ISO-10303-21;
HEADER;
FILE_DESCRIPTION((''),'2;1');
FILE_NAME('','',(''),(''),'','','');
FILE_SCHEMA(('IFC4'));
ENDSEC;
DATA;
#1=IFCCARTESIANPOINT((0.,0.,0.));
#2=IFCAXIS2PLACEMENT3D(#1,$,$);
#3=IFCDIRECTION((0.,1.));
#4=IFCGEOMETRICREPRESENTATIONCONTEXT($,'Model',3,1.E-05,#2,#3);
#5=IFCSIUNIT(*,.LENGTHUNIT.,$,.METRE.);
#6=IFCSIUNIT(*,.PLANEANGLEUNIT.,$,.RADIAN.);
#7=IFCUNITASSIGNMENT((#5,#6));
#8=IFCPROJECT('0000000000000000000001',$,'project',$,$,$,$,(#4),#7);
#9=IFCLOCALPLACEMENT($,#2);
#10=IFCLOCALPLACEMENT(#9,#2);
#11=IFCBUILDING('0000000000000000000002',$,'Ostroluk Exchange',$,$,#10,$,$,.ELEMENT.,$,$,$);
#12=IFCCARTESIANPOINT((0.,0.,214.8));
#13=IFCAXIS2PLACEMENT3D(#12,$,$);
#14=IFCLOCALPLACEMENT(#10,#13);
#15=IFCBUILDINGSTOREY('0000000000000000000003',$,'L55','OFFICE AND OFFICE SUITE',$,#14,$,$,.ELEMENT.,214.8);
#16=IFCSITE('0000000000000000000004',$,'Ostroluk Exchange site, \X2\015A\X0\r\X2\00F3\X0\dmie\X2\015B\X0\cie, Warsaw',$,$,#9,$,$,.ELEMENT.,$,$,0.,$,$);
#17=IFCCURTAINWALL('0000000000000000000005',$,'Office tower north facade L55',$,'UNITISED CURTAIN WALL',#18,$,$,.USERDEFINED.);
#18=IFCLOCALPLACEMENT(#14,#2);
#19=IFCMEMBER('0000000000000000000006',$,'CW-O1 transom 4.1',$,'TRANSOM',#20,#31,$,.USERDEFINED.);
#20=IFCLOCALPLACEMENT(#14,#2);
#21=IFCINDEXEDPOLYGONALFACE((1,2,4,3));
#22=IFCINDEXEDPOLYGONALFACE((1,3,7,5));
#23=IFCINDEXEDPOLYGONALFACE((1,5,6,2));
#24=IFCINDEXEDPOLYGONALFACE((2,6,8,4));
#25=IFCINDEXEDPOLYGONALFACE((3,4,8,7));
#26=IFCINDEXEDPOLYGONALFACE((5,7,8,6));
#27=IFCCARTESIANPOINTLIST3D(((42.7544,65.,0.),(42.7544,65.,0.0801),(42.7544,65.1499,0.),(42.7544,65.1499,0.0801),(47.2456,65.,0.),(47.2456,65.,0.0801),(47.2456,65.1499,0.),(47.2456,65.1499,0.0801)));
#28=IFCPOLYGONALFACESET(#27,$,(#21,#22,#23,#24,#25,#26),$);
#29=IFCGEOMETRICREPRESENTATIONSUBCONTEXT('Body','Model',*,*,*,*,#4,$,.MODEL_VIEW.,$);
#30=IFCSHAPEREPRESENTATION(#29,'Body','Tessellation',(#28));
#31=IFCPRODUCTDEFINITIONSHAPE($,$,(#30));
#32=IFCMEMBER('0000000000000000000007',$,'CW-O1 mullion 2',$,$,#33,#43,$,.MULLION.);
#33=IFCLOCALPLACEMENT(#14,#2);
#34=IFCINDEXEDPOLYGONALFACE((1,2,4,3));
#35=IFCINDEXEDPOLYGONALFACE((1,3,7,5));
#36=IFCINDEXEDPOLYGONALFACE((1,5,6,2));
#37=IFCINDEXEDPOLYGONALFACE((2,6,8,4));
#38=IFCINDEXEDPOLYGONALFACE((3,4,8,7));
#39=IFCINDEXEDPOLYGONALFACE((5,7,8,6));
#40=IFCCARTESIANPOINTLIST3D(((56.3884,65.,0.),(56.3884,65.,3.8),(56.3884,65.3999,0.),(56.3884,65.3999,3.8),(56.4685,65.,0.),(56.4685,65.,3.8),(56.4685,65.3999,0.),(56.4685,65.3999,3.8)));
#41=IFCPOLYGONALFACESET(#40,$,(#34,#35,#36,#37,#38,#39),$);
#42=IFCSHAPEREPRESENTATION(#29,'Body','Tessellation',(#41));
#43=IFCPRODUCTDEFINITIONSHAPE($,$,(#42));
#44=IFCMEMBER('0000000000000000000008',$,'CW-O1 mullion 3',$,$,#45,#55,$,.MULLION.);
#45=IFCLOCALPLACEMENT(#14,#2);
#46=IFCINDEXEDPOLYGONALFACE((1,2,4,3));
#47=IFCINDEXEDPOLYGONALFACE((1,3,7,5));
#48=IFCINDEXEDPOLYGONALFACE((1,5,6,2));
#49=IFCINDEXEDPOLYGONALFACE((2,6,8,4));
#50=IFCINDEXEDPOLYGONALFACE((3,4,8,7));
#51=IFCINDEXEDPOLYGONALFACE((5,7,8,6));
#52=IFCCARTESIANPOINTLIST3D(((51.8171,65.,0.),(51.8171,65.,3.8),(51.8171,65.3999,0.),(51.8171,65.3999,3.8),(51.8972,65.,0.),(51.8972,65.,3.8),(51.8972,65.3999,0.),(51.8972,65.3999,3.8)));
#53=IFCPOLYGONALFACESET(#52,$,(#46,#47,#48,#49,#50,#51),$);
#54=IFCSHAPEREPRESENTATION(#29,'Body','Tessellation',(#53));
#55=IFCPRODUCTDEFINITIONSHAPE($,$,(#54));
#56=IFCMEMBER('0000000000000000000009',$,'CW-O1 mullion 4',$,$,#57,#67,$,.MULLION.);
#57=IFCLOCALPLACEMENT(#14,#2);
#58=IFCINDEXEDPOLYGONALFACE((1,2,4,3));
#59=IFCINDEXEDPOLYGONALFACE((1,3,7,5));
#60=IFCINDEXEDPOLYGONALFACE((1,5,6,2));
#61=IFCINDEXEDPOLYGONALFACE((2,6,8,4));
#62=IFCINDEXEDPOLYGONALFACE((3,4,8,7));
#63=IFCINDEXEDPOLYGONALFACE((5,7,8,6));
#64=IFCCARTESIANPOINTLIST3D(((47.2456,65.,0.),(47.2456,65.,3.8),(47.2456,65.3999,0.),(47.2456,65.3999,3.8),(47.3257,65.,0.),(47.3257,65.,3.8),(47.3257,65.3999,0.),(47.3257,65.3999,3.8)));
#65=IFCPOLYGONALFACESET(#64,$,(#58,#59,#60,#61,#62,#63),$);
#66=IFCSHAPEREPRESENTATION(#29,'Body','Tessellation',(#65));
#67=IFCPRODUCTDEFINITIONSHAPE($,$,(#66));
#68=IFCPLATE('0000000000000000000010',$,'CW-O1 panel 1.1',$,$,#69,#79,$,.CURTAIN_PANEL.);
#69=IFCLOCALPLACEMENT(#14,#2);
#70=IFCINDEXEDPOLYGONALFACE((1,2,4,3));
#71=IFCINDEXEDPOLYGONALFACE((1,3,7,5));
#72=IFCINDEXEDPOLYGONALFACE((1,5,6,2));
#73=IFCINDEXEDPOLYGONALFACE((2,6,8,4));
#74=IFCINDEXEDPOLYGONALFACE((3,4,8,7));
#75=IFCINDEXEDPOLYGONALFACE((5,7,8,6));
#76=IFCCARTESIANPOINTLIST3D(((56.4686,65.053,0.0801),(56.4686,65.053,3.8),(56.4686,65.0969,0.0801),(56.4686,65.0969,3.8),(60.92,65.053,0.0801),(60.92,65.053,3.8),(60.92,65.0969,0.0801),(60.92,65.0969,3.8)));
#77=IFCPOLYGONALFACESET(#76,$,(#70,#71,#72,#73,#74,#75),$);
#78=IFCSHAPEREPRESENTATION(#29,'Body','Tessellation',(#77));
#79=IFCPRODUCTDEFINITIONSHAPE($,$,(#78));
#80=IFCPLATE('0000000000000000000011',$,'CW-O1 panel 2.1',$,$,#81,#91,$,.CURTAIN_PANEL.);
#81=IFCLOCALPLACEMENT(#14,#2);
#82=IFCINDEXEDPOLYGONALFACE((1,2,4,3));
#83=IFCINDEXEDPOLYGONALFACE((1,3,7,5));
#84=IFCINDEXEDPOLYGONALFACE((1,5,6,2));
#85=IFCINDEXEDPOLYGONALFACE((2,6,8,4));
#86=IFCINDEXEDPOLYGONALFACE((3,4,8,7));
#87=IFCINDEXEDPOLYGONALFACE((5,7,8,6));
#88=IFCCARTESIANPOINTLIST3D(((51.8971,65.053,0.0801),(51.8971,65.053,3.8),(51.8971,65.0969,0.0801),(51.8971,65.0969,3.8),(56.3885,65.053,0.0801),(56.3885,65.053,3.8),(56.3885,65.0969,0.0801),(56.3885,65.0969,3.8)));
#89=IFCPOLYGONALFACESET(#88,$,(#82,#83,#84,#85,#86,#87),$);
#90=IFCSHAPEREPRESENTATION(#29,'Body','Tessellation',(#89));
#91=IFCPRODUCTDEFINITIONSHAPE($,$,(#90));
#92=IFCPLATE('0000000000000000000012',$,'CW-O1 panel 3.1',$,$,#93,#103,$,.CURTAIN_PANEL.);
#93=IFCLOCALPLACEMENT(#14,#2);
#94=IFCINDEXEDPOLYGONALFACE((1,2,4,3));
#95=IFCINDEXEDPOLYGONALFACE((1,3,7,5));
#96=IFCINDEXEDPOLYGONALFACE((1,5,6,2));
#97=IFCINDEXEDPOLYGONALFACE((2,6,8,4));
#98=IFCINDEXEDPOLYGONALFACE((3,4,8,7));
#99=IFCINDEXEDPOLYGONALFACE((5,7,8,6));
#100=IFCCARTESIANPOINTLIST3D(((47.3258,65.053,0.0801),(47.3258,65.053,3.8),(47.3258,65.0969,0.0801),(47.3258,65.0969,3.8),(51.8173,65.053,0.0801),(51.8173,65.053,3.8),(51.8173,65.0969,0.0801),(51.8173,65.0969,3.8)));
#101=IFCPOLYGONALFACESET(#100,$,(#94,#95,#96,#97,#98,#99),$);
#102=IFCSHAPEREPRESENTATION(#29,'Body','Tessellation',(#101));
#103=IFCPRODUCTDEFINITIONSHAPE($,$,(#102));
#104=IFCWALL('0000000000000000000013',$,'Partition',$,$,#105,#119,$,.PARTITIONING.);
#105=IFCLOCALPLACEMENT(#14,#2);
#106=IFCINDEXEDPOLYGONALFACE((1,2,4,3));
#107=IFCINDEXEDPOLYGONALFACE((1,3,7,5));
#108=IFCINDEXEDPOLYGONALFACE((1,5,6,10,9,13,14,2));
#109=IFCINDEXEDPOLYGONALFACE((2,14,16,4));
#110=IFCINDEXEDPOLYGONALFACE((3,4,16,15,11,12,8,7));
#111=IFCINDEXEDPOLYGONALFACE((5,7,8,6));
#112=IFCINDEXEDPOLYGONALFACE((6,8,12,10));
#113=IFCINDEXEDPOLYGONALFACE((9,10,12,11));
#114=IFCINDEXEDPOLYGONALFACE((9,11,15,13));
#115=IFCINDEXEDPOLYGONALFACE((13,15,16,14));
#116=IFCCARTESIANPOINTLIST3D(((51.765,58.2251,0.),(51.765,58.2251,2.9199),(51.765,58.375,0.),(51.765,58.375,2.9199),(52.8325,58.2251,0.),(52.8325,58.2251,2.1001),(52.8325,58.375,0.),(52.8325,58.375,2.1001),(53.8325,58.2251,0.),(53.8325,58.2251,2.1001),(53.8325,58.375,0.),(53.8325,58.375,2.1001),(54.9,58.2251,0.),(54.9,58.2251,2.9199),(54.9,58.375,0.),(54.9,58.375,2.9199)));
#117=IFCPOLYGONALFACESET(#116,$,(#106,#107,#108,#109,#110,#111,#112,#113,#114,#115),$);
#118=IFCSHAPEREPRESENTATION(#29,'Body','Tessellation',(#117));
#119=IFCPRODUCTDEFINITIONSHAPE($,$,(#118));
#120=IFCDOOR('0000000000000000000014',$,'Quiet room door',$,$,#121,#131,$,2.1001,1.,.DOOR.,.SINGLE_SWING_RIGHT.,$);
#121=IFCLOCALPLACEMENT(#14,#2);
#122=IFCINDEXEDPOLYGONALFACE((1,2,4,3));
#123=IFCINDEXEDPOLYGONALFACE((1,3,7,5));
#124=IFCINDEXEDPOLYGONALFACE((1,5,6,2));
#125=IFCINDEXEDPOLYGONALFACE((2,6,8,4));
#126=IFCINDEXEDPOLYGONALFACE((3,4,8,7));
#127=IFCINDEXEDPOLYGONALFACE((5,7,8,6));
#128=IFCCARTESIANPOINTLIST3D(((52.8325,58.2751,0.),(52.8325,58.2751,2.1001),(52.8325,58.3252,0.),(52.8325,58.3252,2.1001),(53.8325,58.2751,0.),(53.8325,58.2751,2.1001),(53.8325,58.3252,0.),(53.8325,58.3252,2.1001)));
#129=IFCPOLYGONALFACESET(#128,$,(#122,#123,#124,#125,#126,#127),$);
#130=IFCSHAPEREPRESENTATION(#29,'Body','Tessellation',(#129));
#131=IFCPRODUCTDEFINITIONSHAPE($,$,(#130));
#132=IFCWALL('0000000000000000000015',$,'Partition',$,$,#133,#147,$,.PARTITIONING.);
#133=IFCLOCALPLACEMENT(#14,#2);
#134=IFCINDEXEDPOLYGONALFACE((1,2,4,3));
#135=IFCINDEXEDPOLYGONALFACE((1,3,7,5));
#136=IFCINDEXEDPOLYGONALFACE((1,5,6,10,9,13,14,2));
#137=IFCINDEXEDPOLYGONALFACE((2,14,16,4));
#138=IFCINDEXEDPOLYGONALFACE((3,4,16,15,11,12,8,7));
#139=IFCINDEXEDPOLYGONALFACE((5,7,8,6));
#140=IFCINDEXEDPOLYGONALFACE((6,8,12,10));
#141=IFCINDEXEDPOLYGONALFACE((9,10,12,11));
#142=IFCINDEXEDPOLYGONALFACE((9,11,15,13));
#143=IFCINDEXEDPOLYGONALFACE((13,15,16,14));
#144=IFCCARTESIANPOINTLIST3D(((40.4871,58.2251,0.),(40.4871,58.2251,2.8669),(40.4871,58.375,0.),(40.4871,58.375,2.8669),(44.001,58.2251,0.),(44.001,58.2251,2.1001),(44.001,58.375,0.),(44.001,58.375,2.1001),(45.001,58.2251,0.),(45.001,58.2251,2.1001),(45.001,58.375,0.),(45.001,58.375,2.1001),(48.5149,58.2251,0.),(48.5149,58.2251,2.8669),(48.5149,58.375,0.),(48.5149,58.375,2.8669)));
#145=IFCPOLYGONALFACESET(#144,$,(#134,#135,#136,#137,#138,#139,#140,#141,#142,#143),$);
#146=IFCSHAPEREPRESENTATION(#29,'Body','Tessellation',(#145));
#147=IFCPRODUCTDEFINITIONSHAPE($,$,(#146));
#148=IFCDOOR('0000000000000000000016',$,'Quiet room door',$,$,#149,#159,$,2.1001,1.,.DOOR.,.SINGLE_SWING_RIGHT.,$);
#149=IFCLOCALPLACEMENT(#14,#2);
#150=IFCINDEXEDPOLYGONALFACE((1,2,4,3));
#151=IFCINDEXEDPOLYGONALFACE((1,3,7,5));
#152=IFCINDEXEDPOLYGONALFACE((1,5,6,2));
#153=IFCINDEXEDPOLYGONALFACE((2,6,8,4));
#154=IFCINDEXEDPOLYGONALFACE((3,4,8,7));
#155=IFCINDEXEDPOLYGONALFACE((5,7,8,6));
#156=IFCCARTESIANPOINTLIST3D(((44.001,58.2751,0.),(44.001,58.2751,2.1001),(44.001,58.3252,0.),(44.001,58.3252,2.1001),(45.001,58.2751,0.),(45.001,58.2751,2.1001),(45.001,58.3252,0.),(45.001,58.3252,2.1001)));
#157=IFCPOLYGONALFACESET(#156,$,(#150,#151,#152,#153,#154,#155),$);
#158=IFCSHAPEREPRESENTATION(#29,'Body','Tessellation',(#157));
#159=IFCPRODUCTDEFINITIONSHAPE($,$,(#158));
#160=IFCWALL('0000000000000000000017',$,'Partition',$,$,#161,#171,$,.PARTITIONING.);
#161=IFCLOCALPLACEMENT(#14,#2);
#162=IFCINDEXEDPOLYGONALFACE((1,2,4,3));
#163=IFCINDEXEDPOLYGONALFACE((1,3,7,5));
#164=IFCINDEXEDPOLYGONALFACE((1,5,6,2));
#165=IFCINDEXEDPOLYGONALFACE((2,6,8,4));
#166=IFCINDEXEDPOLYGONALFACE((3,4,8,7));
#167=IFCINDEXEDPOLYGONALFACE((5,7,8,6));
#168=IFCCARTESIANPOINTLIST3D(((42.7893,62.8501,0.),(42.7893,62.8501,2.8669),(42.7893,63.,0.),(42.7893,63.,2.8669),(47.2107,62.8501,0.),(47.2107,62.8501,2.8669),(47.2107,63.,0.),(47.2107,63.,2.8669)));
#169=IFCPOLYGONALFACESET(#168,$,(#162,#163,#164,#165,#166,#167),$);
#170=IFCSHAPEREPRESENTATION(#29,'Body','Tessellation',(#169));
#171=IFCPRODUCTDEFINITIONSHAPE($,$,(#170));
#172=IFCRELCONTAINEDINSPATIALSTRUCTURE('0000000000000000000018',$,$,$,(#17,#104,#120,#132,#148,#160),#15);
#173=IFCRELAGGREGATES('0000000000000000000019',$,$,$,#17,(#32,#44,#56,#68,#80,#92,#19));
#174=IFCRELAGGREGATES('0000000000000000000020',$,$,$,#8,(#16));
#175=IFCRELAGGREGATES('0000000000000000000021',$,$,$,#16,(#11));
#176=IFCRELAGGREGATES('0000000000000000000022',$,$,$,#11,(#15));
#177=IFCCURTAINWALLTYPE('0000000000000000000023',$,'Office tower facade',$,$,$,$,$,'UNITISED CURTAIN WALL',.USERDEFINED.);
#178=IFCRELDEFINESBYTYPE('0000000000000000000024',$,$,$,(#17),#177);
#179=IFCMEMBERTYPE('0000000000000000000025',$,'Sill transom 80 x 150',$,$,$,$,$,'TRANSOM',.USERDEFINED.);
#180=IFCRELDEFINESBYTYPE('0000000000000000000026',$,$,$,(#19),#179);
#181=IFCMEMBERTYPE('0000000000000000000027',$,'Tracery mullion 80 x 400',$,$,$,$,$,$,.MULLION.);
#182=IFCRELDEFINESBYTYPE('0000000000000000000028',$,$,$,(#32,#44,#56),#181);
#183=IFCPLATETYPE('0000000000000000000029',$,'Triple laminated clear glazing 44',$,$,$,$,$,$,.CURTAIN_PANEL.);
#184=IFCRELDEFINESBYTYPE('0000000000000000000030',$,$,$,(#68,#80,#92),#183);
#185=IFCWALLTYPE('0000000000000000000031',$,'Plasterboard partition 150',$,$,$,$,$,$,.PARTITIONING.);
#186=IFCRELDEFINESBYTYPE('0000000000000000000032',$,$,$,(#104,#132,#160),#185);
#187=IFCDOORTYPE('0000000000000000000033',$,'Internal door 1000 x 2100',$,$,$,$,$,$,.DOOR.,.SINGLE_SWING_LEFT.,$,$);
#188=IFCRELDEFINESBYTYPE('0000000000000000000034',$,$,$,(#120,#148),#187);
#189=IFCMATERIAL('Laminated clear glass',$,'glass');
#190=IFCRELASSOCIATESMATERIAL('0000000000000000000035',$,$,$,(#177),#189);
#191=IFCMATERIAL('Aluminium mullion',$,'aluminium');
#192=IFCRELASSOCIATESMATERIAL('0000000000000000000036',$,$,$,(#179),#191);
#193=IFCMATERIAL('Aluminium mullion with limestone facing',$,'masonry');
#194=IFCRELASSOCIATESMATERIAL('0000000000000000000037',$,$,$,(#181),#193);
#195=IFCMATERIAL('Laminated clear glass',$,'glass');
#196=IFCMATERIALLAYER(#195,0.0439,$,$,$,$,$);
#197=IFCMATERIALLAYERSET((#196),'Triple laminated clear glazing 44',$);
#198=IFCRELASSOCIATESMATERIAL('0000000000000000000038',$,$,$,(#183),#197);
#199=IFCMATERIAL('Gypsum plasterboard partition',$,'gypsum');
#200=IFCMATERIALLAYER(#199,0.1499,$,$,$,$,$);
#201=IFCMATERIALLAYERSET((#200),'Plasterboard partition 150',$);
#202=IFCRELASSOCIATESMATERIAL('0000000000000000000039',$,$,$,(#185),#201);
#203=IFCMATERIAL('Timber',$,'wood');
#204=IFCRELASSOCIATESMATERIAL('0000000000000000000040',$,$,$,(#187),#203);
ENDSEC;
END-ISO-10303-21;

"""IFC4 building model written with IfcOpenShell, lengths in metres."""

from ifc_helpers import new_model, si_unit, direction, frame, frame_2d, origin, origin_2d, place, context, subcontext, project, spatial, rectangle, extrude, material, layer, layer_set, material_profile, profile_set, type_object, element, fill, aggregate, save


model = new_model("IFC4")

# Units and contexts
model_context = context("Model", 3, precision=1e-05, world=origin(), true_north=direction((0.0, 1.0)))
body_context = subcontext(model_context, "Body", "Model", "MODEL_VIEW")
ifc_project = project(units=[si_unit("LENGTHUNIT", "METRE"), si_unit("PLANEANGLEUNIT", "RADIAN")], contexts=[model_context])

# Site, building, storey
site_placement = place(None, origin())
site = spatial("IfcSite", under=ifc_project, at=site_placement, Name="Ostroluk Exchange site, Śródmieście, Warsaw", CompositionType="ELEMENT", RefElevation=0.0)
building_placement = place(site_placement, origin())
building = spatial("IfcBuilding", under=site, at=building_placement, Name="Ostroluk Exchange", CompositionType="ELEMENT")
storey_placement = place(building_placement, frame((0.0, 0.0, 214.8)))
storey = spatial("IfcBuildingStorey", under=building, at=storey_placement, Name="L55", Description="OFFICE AND OFFICE SUITE", CompositionType="ELEMENT", Elevation=214.8)

# Curtain wall, members, plates
ifc_material_1 = material(Name="Laminated clear glass", Category="glass")
curtain_wall_type = type_object("IfcCurtainWallType", Name="Office tower facade", ElementType="UNITISED CURTAIN WALL", PredefinedType="USERDEFINED", material=ifc_material_1)
curtain_wall_placement = place(storey_placement, origin())
curtain_wall = element("IfcCurtainWall", 1, at=curtain_wall_placement, inside=storey, type_object=curtain_wall_type, Name="Office tower north facade L55", ObjectType="UNITISED CURTAIN WALL", PredefinedType="USERDEFINED")
ifc_material_2 = material(Name="Aluminium mullion", Category="aluminium")
ifc_material_profile_1 = material_profile(ifc_material_2, rectangle(XDim=0.1499, YDim=0.0801, at=origin_2d()), Name="Sill transom 80 x 150")
ifc_profile_set_1 = profile_set([ifc_material_profile_1], Name="Aluminium mullion")
member_type_1 = type_object("IfcMemberType", Name="Sill transom 80 x 150", ElementType="TRANSOM", PredefinedType="USERDEFINED", material=ifc_profile_set_1)
member_1_placement = place(storey_placement, frame((47.2456, 65.075, 0.04), z_axis=(-1.0, 0.0, 0.0), x_axis=(0.0, -1.0, 0.0)))
member_1 = element("IfcMember", 2, at=member_1_placement, type_object=member_type_1, Name="CW-O1 transom 4.1", ObjectType="TRANSOM", PredefinedType="USERDEFINED", context=body_context, shape_type="SweptSolid", body=[
    extrude(rectangle(XDim=0.1499, YDim=0.0801, at=origin_2d()), origin(), (0.0, 0.0, 1.0), 4.4912),
])
ifc_material_3 = material(Name="Aluminium mullion with limestone facing", Category="masonry")
ifc_material_profile_2 = material_profile(ifc_material_3, rectangle(XDim=0.3999, YDim=0.0801, at=origin_2d()), Name="Tracery mullion 80 x 400")
ifc_profile_set_2 = profile_set([ifc_material_profile_2], Name="Aluminium mullion with limestone facing")
member_type_2 = type_object("IfcMemberType", Name="Tracery mullion 80 x 400", PredefinedType="MULLION", material=ifc_profile_set_2)
member_2_placement = place(storey_placement, frame((56.4285, 65.2, 0.0), z_axis=(0.0, 0.0, 1.0), x_axis=(0.0, -1.0, 0.0)))
member_2 = element("IfcMember", 3, at=member_2_placement, type_object=member_type_2, Name="CW-O1 mullion 2", PredefinedType="MULLION", context=body_context, shape_type="SweptSolid", body=[
    extrude(rectangle(XDim=0.3999, YDim=0.0801, at=origin_2d()), origin(), (0.0, 0.0, 1.0), 3.8),
])
member_3_placement = place(storey_placement, frame((51.8572, 65.2, 0.0), z_axis=(0.0, 0.0, 1.0), x_axis=(0.0, -1.0, 0.0)))
member_3 = element("IfcMember", 4, at=member_3_placement, type_object=member_type_2, Name="CW-O1 mullion 3", PredefinedType="MULLION", context=body_context, shape_type="SweptSolid", body=[
    extrude(rectangle(XDim=0.3999, YDim=0.0801, at=origin_2d()), origin(), (0.0, 0.0, 1.0), 3.8),
])
member_4_placement = place(storey_placement, frame((47.2856, 65.2, 0.0), z_axis=(0.0, 0.0, 1.0), x_axis=(0.0, -1.0, 0.0)))
member_4 = element("IfcMember", 5, at=member_4_placement, type_object=member_type_2, Name="CW-O1 mullion 4", PredefinedType="MULLION", context=body_context, shape_type="SweptSolid", body=[
    extrude(rectangle(XDim=0.3999, YDim=0.0801, at=origin_2d()), origin(), (0.0, 0.0, 1.0), 3.8),
])
ifc_material_4 = material(Name="Laminated clear glass", Category="glass")
ifc_layer_1 = layer(ifc_material_4, 0.0439)
ifc_layer_set_1 = layer_set([ifc_layer_1], Name="Triple laminated clear glazing 44")
plate_type = type_object("IfcPlateType", Name="Triple laminated clear glazing 44", PredefinedType="CURTAIN_PANEL", material=ifc_layer_set_1)
plate_1_placement = place(storey_placement, frame((58.6943, 65.075, 0.0801), z_axis=(0.0, 0.0, 1.0), x_axis=(-1.0, 0.0, 0.0)))
plate_1 = element("IfcPlate", 6, at=plate_1_placement, type_object=plate_type, Name="CW-O1 panel 1.1", PredefinedType="CURTAIN_PANEL", context=body_context, shape_type="SweptSolid", body=[
    extrude(rectangle(XDim=4.4514, YDim=0.0439, at=origin_2d()), origin(), (0.0, 0.0, 1.0), 3.72),
])
plate_2_placement = place(storey_placement, frame((54.1428, 65.075, 0.0801), z_axis=(0.0, 0.0, 1.0), x_axis=(-1.0, 0.0, 0.0)))
plate_2 = element("IfcPlate", 7, at=plate_2_placement, type_object=plate_type, Name="CW-O1 panel 2.1", PredefinedType="CURTAIN_PANEL", context=body_context, shape_type="SweptSolid", body=[
    extrude(rectangle(XDim=4.4915, YDim=0.0439, at=origin_2d()), origin(), (0.0, 0.0, 1.0), 3.72),
])
plate_3_placement = place(storey_placement, frame((49.5715, 65.075, 0.0801), z_axis=(0.0, 0.0, 1.0), x_axis=(-1.0, 0.0, 0.0)))
plate_3 = element("IfcPlate", 8, at=plate_3_placement, type_object=plate_type, Name="CW-O1 panel 3.1", PredefinedType="CURTAIN_PANEL", context=body_context, shape_type="SweptSolid", body=[
    extrude(rectangle(XDim=4.4915, YDim=0.0439, at=origin_2d()), origin(), (0.0, 0.0, 1.0), 3.72),
])
aggregate(curtain_wall, [member_2, member_3, member_4, plate_1, plate_2, plate_3, member_1])

# Walls, openings, doors
ifc_material_5 = material(Name="Gypsum plasterboard partition", Category="gypsum")
ifc_layer_2 = layer(ifc_material_5, 0.1499)
ifc_layer_set_2 = layer_set([ifc_layer_2], Name="Plasterboard partition 150")
wall_type = type_object("IfcWallType", Name="Plasterboard partition 150", PredefinedType="PARTITIONING", material=ifc_layer_set_2)
wall_1_placement = place(storey_placement, frame((54.8999, 58.3, 0.0), z_axis=(0.0, 0.0, 1.0), x_axis=(-1.0, 0.0, 0.0)))
wall_1 = element("IfcWall", 9, at=wall_1_placement, inside=storey, type_object=wall_type, Name="Partition", PredefinedType="PARTITIONING", context=body_context, shape_type="SweptSolid", body=[
    extrude(rectangle(XDim=3.135, YDim=0.1499, at=frame_2d((1.5674, 0.0))), origin(), (0.0, 0.0, 1.0), 2.9199),
])
opening_1_placement = place(wall_1_placement, frame((1.0674, 0.0, 0.0)))
opening_1 = element("IfcOpeningElement", 10, at=opening_1_placement, cuts=wall_1, PredefinedType="OPENING", context=body_context, shape_type="SweptSolid", body=[
    extrude(rectangle(XDim=1.0, YDim=2.1001, at=frame_2d((0.5, 1.05))), frame((0.0, 0.085, 0.0), z_axis=(0.0, -1.0, 0.0), x_axis=(1.0, 0.0, 0.0)), (0.0, 0.0, 1.0), 0.1699),
])
ifc_material_6 = material(Name="Timber", Category="wood")
door_type = type_object("IfcDoorType", Name="Internal door 1000 x 2100", OperationType="SINGLE_SWING_LEFT", PredefinedType="DOOR", material=ifc_material_6)
door_1_placement = place(opening_1_placement, origin())
door_1 = element("IfcDoor", 11, at=door_1_placement, inside=storey, type_object=door_type, Name="Quiet room door", OperationType="SINGLE_SWING_RIGHT", OverallHeight=2.1001, OverallWidth=1.0, PredefinedType="DOOR", context=body_context, shape_type="SweptSolid", body=[
    extrude(rectangle(XDim=1.0, YDim=2.1001, at=frame_2d((0.5, 1.05))), frame((0.0, 0.0249, 0.0), z_axis=(0.0, -1.0, 0.0), x_axis=(1.0, 0.0, 0.0)), (0.0, 0.0, 1.0), 0.05),
])
fill(opening_1, door_1)
wall_2_placement = place(storey_placement, frame((48.5149, 58.3, 0.0), z_axis=(0.0, 0.0, 1.0), x_axis=(-1.0, 0.0, 0.0)))
wall_2 = element("IfcWall", 12, at=wall_2_placement, inside=storey, type_object=wall_type, Name="Partition", PredefinedType="PARTITIONING", context=body_context, shape_type="SweptSolid", body=[
    extrude(rectangle(XDim=8.0278, YDim=0.1499, at=frame_2d((4.0139, 0.0))), origin(), (0.0, 0.0, 1.0), 2.8669),
])
opening_2_placement = place(wall_2_placement, frame((3.5139, 0.0, 0.0)))
opening_2 = element("IfcOpeningElement", 13, at=opening_2_placement, cuts=wall_2, PredefinedType="OPENING", context=body_context, shape_type="SweptSolid", body=[
    extrude(rectangle(XDim=1.0, YDim=2.1001, at=frame_2d((0.5, 1.05))), frame((0.0, 0.085, 0.0), z_axis=(0.0, -1.0, 0.0), x_axis=(1.0, 0.0, 0.0)), (0.0, 0.0, 1.0), 0.1699),
])
door_2_placement = place(opening_2_placement, origin())
door_2 = element("IfcDoor", 14, at=door_2_placement, inside=storey, type_object=door_type, Name="Quiet room door", OperationType="SINGLE_SWING_RIGHT", OverallHeight=2.1001, OverallWidth=1.0, PredefinedType="DOOR", context=body_context, shape_type="SweptSolid", body=[
    extrude(rectangle(XDim=1.0, YDim=2.1001, at=frame_2d((0.5, 1.05))), frame((0.0, 0.0249, 0.0), z_axis=(0.0, -1.0, 0.0), x_axis=(1.0, 0.0, 0.0)), (0.0, 0.0, 1.0), 0.05),
])
fill(opening_2, door_2)

# Wall
wall_3_placement = place(storey_placement, frame((47.2107, 62.925, 0.0), z_axis=(0.0, 0.0, 1.0), x_axis=(-1.0, 0.0, 0.0)))
element("IfcWall", 15, at=wall_3_placement, inside=storey, type_object=wall_type, Name="Partition", PredefinedType="PARTITIONING", context=body_context, shape_type="SweptSolid", body=[
    extrude(rectangle(XDim=4.4214, YDim=0.1499, at=frame_2d((2.2107, 0.0))), origin(), (0.0, 0.0, 1.0), 2.8669),
])

save(model, "model.ifc")
